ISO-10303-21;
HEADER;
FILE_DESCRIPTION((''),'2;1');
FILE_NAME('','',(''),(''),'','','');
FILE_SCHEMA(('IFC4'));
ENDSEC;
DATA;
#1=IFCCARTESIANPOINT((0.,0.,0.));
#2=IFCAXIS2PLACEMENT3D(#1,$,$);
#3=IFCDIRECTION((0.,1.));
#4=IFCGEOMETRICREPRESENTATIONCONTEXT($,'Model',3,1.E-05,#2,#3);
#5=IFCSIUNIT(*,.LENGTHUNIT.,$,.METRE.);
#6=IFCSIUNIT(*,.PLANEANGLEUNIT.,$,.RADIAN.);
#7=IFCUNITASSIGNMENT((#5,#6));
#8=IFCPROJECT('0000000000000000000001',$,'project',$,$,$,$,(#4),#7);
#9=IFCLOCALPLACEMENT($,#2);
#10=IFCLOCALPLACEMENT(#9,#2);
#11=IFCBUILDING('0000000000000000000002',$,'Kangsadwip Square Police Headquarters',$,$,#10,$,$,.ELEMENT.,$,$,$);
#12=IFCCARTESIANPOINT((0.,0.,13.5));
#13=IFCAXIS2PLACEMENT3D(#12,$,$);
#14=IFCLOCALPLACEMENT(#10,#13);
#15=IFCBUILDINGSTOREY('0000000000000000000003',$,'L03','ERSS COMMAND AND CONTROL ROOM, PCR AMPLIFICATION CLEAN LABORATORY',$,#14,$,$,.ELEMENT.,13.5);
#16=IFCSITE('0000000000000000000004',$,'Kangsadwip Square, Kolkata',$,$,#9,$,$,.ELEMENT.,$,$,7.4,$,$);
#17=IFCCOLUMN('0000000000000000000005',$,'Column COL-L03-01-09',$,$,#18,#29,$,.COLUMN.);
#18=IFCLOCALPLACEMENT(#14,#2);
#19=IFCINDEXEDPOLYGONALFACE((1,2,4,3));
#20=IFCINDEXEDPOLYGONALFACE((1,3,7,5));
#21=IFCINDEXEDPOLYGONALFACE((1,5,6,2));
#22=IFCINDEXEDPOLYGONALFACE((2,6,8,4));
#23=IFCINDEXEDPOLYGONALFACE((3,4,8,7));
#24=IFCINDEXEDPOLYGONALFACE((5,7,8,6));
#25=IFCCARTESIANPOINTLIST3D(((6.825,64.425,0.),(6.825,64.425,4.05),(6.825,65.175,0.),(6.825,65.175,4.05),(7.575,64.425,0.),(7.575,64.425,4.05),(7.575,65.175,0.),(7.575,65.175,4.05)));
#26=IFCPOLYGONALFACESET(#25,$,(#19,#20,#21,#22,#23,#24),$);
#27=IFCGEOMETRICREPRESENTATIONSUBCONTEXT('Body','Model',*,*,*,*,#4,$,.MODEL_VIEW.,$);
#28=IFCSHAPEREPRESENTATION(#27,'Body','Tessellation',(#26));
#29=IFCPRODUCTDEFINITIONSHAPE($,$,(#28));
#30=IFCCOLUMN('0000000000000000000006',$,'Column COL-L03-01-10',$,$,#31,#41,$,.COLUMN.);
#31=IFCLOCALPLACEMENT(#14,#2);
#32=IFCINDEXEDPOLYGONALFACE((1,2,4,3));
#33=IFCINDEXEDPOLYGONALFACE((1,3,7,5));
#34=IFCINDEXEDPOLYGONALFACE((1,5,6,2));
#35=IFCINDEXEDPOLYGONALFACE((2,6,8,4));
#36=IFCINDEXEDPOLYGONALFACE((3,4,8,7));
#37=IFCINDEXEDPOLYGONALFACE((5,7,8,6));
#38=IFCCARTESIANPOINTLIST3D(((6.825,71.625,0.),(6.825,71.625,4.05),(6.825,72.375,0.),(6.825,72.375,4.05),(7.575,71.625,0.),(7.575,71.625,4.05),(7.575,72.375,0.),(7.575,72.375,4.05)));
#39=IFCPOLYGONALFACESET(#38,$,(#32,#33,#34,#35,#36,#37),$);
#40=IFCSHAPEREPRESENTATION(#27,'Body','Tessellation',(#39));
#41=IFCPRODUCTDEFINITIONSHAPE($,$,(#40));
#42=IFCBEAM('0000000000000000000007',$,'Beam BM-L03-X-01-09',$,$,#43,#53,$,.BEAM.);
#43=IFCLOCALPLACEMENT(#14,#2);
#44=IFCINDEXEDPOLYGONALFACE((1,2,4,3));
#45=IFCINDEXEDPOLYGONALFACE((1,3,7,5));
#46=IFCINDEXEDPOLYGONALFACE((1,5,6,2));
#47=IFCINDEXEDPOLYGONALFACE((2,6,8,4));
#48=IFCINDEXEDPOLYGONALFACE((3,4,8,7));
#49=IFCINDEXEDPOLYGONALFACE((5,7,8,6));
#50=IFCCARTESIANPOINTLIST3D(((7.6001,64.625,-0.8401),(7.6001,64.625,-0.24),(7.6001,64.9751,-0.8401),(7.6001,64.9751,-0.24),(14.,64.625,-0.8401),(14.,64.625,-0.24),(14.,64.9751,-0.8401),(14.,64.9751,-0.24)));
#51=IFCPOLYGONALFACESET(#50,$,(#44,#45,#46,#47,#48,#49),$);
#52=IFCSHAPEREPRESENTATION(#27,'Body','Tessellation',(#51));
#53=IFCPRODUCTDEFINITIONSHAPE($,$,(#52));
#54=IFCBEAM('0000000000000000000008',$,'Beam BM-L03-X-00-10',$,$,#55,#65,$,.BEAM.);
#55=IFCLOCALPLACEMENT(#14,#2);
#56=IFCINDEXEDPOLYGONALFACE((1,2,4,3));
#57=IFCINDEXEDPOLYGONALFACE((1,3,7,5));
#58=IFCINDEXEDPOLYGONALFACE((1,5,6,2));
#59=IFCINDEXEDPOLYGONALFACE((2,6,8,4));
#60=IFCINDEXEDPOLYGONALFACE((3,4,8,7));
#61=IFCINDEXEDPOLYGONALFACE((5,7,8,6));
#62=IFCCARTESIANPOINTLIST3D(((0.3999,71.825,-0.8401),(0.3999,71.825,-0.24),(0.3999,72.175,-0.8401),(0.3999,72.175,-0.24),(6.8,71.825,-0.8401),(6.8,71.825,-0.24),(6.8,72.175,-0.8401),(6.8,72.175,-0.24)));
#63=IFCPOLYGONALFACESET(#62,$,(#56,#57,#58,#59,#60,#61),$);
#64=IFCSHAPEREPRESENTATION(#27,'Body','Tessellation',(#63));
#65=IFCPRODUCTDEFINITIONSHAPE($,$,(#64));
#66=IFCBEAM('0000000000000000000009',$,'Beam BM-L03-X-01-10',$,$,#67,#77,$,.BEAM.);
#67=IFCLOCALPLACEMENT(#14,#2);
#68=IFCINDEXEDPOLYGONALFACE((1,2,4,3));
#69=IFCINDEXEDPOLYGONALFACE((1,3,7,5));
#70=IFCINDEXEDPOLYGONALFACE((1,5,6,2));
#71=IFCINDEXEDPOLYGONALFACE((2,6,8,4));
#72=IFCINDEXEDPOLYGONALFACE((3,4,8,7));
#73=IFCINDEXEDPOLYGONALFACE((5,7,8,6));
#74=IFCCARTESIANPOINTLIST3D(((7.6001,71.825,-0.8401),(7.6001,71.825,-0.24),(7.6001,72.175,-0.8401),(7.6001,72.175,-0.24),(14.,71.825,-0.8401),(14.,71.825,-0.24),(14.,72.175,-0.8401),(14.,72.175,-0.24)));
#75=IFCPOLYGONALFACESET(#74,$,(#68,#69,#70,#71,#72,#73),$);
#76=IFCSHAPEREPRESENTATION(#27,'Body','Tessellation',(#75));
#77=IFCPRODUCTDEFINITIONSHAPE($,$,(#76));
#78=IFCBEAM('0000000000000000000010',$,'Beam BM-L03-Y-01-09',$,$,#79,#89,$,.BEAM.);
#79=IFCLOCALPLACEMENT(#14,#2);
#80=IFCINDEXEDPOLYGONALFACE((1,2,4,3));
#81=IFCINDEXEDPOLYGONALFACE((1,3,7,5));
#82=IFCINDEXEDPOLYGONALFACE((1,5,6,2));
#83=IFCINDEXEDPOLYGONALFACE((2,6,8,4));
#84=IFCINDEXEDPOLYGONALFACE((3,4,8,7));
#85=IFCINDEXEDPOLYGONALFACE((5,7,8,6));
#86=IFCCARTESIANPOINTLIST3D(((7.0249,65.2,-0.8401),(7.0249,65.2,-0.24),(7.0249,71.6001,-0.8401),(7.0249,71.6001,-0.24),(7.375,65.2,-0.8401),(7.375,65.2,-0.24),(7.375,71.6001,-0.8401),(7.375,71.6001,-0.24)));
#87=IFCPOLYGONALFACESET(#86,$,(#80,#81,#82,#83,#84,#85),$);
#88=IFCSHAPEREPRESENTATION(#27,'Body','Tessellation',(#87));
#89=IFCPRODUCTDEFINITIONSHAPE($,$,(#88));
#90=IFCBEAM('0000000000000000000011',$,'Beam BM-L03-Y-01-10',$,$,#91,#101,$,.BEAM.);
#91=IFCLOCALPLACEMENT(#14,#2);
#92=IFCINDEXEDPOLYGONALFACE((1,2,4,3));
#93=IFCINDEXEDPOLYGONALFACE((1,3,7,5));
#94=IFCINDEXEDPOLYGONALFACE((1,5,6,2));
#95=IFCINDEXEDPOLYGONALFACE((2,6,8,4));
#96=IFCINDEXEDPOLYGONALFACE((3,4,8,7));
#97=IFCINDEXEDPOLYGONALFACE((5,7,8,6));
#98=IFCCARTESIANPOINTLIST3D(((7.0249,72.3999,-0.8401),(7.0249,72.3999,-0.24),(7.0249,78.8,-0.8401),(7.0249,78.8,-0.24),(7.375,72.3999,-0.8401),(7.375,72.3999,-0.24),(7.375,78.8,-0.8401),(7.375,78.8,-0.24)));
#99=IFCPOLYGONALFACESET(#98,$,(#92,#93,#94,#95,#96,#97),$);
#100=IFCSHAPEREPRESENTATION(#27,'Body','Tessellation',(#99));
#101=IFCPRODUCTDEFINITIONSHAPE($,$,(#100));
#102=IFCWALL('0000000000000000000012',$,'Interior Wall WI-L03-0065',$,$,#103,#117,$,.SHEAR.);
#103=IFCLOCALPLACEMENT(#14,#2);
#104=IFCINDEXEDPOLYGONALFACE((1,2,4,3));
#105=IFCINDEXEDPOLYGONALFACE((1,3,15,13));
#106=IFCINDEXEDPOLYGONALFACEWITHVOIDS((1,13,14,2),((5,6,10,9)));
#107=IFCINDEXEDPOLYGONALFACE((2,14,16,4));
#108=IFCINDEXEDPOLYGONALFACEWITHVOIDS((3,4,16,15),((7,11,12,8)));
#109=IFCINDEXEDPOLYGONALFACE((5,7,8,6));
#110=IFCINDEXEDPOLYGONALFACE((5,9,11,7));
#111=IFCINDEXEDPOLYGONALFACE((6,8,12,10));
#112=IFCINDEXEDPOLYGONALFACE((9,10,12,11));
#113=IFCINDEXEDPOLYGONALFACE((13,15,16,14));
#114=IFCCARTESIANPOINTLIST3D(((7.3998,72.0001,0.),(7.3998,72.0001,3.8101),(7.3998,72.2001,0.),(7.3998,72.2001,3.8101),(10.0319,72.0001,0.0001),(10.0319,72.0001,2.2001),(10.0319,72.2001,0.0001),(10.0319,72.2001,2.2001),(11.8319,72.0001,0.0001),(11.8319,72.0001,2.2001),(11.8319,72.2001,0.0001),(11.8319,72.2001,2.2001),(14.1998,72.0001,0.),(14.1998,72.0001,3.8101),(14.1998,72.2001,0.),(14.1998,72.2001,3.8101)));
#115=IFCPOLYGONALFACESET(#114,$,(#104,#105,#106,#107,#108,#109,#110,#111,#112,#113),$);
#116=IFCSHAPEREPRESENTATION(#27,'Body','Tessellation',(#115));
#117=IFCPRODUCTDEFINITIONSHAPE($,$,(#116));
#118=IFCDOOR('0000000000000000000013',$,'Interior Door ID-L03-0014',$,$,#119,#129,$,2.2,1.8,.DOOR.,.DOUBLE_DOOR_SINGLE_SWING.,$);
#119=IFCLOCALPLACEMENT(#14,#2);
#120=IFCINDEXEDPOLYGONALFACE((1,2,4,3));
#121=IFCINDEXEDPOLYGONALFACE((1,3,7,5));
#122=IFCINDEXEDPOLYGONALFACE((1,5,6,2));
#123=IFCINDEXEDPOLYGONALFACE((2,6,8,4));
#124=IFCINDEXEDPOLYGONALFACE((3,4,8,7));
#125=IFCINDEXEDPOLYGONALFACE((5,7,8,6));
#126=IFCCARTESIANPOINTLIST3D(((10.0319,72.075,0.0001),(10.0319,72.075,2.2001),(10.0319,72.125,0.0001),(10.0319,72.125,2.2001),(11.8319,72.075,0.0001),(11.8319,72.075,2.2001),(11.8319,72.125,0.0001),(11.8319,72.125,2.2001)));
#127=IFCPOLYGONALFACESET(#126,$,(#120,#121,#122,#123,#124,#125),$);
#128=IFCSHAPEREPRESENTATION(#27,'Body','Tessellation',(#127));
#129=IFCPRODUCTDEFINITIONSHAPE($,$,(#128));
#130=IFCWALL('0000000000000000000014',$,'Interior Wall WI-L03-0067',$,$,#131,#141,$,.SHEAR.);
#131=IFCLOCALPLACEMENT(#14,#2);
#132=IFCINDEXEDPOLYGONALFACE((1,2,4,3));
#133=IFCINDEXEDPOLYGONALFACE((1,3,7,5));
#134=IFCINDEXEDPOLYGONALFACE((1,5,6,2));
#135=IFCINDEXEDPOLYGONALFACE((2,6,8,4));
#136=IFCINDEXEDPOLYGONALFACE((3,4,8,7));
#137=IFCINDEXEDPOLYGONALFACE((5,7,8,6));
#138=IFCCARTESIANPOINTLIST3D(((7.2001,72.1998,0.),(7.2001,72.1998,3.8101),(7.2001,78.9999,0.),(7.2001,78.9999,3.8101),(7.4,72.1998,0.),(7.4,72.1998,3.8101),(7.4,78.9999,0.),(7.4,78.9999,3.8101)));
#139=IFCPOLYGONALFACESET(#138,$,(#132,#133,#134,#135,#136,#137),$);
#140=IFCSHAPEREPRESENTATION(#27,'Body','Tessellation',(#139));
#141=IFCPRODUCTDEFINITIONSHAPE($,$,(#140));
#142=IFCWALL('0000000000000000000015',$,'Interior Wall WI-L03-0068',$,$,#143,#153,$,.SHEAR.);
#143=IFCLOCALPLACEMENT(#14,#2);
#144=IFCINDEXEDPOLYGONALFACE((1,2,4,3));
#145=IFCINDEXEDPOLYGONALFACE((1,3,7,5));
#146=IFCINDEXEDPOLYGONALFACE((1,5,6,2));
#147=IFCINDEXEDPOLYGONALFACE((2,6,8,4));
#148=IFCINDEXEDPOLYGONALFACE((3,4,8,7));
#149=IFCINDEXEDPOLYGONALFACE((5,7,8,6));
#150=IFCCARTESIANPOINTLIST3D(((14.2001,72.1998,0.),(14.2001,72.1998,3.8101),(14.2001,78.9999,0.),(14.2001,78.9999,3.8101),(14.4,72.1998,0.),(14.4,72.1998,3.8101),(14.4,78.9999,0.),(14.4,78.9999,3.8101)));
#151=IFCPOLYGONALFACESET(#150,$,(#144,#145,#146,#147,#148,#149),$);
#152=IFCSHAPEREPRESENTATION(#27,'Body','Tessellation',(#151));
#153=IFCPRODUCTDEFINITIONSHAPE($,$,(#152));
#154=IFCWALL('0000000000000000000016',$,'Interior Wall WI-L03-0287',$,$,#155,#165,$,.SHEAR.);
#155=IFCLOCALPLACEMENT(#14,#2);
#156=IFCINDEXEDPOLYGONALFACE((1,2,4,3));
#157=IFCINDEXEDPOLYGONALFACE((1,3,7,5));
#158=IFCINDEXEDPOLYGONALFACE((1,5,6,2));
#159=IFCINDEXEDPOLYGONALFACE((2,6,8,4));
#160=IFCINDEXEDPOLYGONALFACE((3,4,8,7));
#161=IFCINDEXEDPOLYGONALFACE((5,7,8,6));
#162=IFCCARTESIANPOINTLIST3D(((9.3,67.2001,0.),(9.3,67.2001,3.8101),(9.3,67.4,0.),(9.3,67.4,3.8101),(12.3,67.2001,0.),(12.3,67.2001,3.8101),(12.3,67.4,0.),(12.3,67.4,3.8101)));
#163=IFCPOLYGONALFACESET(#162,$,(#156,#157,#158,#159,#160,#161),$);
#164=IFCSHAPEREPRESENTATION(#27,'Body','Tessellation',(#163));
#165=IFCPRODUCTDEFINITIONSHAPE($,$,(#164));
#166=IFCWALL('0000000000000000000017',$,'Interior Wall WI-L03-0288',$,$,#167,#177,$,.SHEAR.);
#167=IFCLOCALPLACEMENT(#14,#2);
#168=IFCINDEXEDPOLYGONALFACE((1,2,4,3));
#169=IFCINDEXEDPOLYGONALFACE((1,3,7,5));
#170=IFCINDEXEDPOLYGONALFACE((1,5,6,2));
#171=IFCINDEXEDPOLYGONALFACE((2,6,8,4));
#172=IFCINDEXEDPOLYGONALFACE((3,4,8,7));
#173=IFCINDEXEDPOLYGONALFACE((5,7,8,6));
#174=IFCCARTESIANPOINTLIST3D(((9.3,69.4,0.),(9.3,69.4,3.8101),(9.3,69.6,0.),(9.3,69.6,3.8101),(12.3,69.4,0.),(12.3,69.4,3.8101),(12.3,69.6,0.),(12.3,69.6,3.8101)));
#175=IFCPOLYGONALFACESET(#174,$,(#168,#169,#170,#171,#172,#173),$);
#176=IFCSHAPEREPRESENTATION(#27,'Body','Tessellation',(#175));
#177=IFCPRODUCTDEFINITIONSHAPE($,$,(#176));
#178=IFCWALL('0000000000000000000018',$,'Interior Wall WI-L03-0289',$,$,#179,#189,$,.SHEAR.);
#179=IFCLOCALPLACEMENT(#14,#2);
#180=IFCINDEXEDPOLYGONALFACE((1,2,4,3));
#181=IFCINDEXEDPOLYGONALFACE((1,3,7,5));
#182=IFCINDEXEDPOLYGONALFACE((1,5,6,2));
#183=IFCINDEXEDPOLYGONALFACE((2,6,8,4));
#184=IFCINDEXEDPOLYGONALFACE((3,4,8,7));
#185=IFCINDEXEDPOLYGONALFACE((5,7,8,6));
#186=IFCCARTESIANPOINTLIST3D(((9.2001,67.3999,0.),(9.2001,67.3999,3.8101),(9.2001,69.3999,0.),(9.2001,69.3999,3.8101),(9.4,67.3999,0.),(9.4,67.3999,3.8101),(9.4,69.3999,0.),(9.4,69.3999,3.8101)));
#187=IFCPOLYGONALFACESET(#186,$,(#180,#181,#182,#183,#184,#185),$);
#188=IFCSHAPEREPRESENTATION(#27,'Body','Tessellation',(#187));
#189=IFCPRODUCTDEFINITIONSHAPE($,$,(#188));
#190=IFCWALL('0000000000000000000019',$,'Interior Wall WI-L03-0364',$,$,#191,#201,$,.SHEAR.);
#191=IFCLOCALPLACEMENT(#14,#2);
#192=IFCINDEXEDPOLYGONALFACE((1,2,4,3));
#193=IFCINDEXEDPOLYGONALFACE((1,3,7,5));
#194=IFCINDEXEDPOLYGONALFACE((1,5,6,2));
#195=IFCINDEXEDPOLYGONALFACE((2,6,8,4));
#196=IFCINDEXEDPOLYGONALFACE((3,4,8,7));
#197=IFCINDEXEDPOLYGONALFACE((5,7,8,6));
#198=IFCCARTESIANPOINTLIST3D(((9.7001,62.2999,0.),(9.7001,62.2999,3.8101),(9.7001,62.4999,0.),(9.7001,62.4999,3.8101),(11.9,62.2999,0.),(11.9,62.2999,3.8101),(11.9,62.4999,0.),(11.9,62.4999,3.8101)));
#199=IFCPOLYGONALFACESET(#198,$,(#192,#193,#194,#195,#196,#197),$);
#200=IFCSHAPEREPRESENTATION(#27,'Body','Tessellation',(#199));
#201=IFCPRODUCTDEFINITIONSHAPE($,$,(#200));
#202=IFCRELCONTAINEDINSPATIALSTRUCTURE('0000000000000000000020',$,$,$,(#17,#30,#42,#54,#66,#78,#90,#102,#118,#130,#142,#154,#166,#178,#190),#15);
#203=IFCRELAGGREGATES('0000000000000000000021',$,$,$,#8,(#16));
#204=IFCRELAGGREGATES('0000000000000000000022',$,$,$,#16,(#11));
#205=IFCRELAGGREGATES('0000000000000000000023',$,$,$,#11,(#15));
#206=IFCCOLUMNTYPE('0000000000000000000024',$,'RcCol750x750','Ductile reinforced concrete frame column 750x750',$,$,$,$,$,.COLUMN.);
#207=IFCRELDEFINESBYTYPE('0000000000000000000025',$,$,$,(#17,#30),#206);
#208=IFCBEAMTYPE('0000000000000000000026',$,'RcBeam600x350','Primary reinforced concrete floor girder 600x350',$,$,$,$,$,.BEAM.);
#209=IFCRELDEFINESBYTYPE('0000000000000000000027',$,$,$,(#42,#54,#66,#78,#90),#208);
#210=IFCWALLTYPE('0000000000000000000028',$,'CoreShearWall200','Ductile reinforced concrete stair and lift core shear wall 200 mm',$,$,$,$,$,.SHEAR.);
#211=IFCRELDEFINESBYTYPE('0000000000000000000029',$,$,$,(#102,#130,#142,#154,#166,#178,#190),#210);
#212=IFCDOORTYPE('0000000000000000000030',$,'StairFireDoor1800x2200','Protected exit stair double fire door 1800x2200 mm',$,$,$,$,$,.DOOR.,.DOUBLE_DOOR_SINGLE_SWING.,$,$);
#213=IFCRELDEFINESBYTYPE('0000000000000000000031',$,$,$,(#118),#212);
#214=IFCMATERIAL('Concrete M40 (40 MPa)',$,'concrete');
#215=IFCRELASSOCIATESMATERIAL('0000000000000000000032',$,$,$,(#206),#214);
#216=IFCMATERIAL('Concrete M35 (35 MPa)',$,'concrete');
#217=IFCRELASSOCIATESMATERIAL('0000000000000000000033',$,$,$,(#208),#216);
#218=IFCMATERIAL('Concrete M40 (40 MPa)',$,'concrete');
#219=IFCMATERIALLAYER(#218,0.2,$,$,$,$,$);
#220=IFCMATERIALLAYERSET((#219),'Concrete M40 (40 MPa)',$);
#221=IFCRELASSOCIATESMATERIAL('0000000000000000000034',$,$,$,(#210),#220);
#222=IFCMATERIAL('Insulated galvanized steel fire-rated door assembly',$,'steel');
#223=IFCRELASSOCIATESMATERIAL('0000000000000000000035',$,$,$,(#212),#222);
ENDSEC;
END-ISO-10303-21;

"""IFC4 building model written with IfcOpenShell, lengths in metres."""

from ifc_helpers import new_model, si_unit, direction, frame, frame_2d, origin, origin_2d, place, context, subcontext, project, spatial, rectangle, extrude, material, layer, layer_set, material_profile, profile_set, type_object, element, fill, save


model = new_model("IFC4")

# Units and contexts
model_context = context("Model", 3, precision=1e-05, world=origin(), true_north=direction((0.0, 1.0)))
body_context = subcontext(model_context, "Body", "Model", "MODEL_VIEW")
ifc_project = project(units=[si_unit("LENGTHUNIT", "METRE"), si_unit("PLANEANGLEUNIT", "RADIAN")], contexts=[model_context])

# Site, building, storey
site_placement = place(None, origin())
site = spatial("IfcSite", under=ifc_project, at=site_placement, Name="Kangsadwip Square, Kolkata", CompositionType="ELEMENT", RefElevation=7.4)
building_placement = place(site_placement, origin())
building = spatial("IfcBuilding", under=site, at=building_placement, Name="Kangsadwip Square Police Headquarters", CompositionType="ELEMENT")
storey_placement = place(building_placement, frame((0.0, 0.0, 13.5)))
storey = spatial("IfcBuildingStorey", under=building, at=storey_placement, Name="L03", Description="ERSS COMMAND AND CONTROL ROOM, PCR AMPLIFICATION CLEAN LABORATORY", CompositionType="ELEMENT", Elevation=13.5)

# Columns
ifc_material_1 = material(Name="Concrete M40 (40 MPa)", Category="concrete")
ifc_material_profile_1 = material_profile(ifc_material_1, rectangle(XDim=0.75, YDim=0.75, at=origin_2d()), Name="RC COL 750X750")
ifc_profile_set_1 = profile_set([ifc_material_profile_1], Name="Concrete M40 (40 MPa)")
column_type = type_object("IfcColumnType", Name="RcCol750x750", Description="Ductile reinforced concrete frame column 750x750", PredefinedType="COLUMN", material=ifc_profile_set_1)
for number, where, z_axis, x_axis, name in (
    (1, (7.2, 64.8, 0.0), (0.0, 0.0, 1.0), (1.0, 0.0, 0.0), "Column COL-L03-01-09"),
    (2, (7.2, 72.0, 0.0), (0.0, 0.0, 1.0), (1.0, 0.0, 0.0), "Column COL-L03-01-10"),
):
    element("IfcColumn", number, at=place(storey_placement, frame(where, z_axis=z_axis, x_axis=x_axis)), inside=storey, type_object=column_type, Name=name, PredefinedType="COLUMN", context=body_context, shape_type="SweptSolid", body=[
        extrude(rectangle(XDim=0.75, YDim=0.75, at=origin_2d()), origin(), (0.0, 0.0, 1.0), 4.05),
    ])

# Beams
ifc_material_2 = material(Name="Concrete M35 (35 MPa)", Category="concrete")
ifc_material_profile_2 = material_profile(ifc_material_2, rectangle(XDim=0.3501, YDim=0.6001, at=origin_2d()), Name="RC BM 600X350")
ifc_profile_set_2 = profile_set([ifc_material_profile_2], Name="Concrete M35 (35 MPa)")
beam_type = type_object("IfcBeamType", Name="RcBeam600x350", Description="Primary reinforced concrete floor girder 600x350", PredefinedType="BEAM", material=ifc_profile_set_2)
beam_1_placement = place(storey_placement, frame((7.6001, 64.8, -0.54), z_axis=(1.0, 0.0, 0.0), x_axis=(0.0, 1.0, 0.0)))
element("IfcBeam", 3, at=beam_1_placement, inside=storey, type_object=beam_type, Name="Beam BM-L03-X-01-09", PredefinedType="BEAM", context=body_context, shape_type="SweptSolid", body=[
    extrude(rectangle(XDim=0.3501, YDim=0.6001, at=origin_2d()), origin(), (0.0, 0.0, 1.0), 6.3999),
])
beam_2_placement = place(storey_placement, frame((0.3999, 72.0, -0.54), z_axis=(1.0, 0.0, 0.0), x_axis=(0.0, 1.0, 0.0)))
element("IfcBeam", 4, at=beam_2_placement, inside=storey, type_object=beam_type, Name="Beam BM-L03-X-00-10", PredefinedType="BEAM", context=body_context, shape_type="SweptSolid", body=[
    extrude(rectangle(XDim=0.3501, YDim=0.6001, at=origin_2d()), origin(), (0.0, 0.0, 1.0), 6.4001),
])
beam_3_placement = place(storey_placement, frame((7.6001, 72.0, -0.54), z_axis=(1.0, 0.0, 0.0), x_axis=(0.0, 1.0, 0.0)))
element("IfcBeam", 5, at=beam_3_placement, inside=storey, type_object=beam_type, Name="Beam BM-L03-X-01-10", PredefinedType="BEAM", context=body_context, shape_type="SweptSolid", body=[
    extrude(rectangle(XDim=0.3501, YDim=0.6001, at=origin_2d()), origin(), (0.0, 0.0, 1.0), 6.3999),
])
for number, where, z_axis, x_axis, name in (
    (6, (7.2, 65.2, -0.54), (0.0, 1.0, 0.0), (-1.0, 0.0, 0.0), "Beam BM-L03-Y-01-09"),
    (7, (7.2, 72.3999, -0.54), (0.0, 1.0, 0.0), (-1.0, 0.0, 0.0), "Beam BM-L03-Y-01-10"),
):
    element("IfcBeam", number, at=place(storey_placement, frame(where, z_axis=z_axis, x_axis=x_axis)), inside=storey, type_object=beam_type, Name=name, PredefinedType="BEAM", context=body_context, shape_type="SweptSolid", body=[
        extrude(rectangle(XDim=0.3501, YDim=0.6001, at=origin_2d()), origin(), (0.0, 0.0, 1.0), 6.4001),
    ])

# Wall, opening, door
ifc_material_3 = material(Name="Concrete M40 (40 MPa)", Category="concrete")
ifc_layer_1 = layer(ifc_material_3, 0.2)
ifc_layer_set_1 = layer_set([ifc_layer_1], Name="Concrete M40 (40 MPa)")
wall_type_1 = type_object("IfcWallType", Name="CoreShearWall200", Description="Ductile reinforced concrete stair and lift core shear wall 200 mm", PredefinedType="SHEAR", material=ifc_layer_set_1)
wall_1_placement = place(storey_placement, frame((7.3999, 72.1001, 0.0), z_axis=(0.0, 0.0, 1.0), x_axis=(1.0, 0.0, 0.0)))
wall_1 = element("IfcWall", 8, at=wall_1_placement, inside=storey, type_object=wall_type_1, Name="Interior Wall WI-L03-0065", PredefinedType="SHEAR", context=body_context, shape_type="SweptSolid", body=[
    extrude(rectangle(XDim=6.8, YDim=0.2, at=frame_2d((3.3999, 0.0))), origin(), (0.0, 0.0, 1.0), 3.8101),
])
opening_1_placement = place(wall_1_placement, frame((2.6321, 0.0, 0.0)))
opening_1 = element("IfcOpeningElement", 9, at=opening_1_placement, cuts=wall_1, PredefinedType="OPENING", context=body_context, shape_type="SweptSolid", body=[
    extrude(rectangle(XDim=1.8, YDim=2.2, at=frame_2d((0.8999, 1.1001))), frame((0.0, 0.1099, 0.0), z_axis=(0.0, -1.0, 0.0), x_axis=(1.0, 0.0, 0.0)), (0.0, 0.0, 1.0), 0.22),
])
ifc_material_4 = material(Name="Insulated galvanized steel fire-rated door assembly", Category="steel")
door_type_1 = type_object("IfcDoorType", Name="StairFireDoor1800x2200", Description="Protected exit stair double fire door 1800x2200 mm", OperationType="DOUBLE_DOOR_SINGLE_SWING", PredefinedType="DOOR", material=ifc_material_4)
door_1_placement = place(opening_1_placement, origin())
door_1 = element("IfcDoor", 10, at=door_1_placement, inside=storey, type_object=door_type_1, Name="Interior Door ID-L03-0014", OperationType="DOUBLE_DOOR_SINGLE_SWING", OverallHeight=2.2, OverallWidth=1.8, PredefinedType="DOOR", context=body_context, shape_type="SweptSolid", body=[
    extrude(rectangle(XDim=1.8, YDim=2.2, at=frame_2d((0.8999, 1.1001))), frame((0.0, 0.0249, 0.0), z_axis=(0.0, -1.0, 0.0), x_axis=(1.0, 0.0, 0.0)), (0.0, 0.0, 1.0), 0.05),
])
fill(opening_1, door_1)

# Walls
for number, where, z_axis, x_axis, name in (
    (11, (7.3, 72.2, 0.0), (0.0, 0.0, 1.0), (0.0, 1.0, 0.0), "Interior Wall WI-L03-0067"),
    (12, (14.3, 72.2, 0.0), (0.0, 0.0, 1.0), (0.0, 1.0, 0.0), "Interior Wall WI-L03-0068"),
):
    element("IfcWall", number, at=place(storey_placement, frame(where, z_axis=z_axis, x_axis=x_axis)), inside=storey, type_object=wall_type_1, Name=name, PredefinedType="SHEAR", context=body_context, shape_type="SweptSolid", body=[
        extrude(rectangle(XDim=6.8, YDim=0.2, at=frame_2d((3.3999, 0.0))), origin(), (0.0, 0.0, 1.0), 3.8101),
    ])
for number, where, z_axis, x_axis, name in (
    (13, (9.3, 67.3, 0.0), (0.0, 0.0, 1.0), (1.0, 0.0, 0.0), "Interior Wall WI-L03-0287"),
    (14, (9.3, 69.5, 0.0), (0.0, 0.0, 1.0), (1.0, 0.0, 0.0), "Interior Wall WI-L03-0288"),
):
    element("IfcWall", number, at=place(storey_placement, frame(where, z_axis=z_axis, x_axis=x_axis)), inside=storey, type_object=wall_type_1, Name=name, PredefinedType="SHEAR", context=body_context, shape_type="SweptSolid", body=[
        extrude(rectangle(XDim=3.0, YDim=0.2, at=frame_2d((1.5, 0.0))), origin(), (0.0, 0.0, 1.0), 3.8101),
    ])
wall_2_placement = place(storey_placement, frame((9.3, 67.3999, 0.0), z_axis=(0.0, 0.0, 1.0), x_axis=(0.0, 1.0, 0.0)))
element("IfcWall", 15, at=wall_2_placement, inside=storey, type_object=wall_type_1, Name="Interior Wall WI-L03-0289", PredefinedType="SHEAR", context=body_context, shape_type="SweptSolid", body=[
    extrude(rectangle(XDim=2.0, YDim=0.2, at=frame_2d((1.0, 0.0))), origin(), (0.0, 0.0, 1.0), 3.8101),
])

# Wall
wall_3_placement = place(storey_placement, frame((9.7, 62.3999, 0.0), z_axis=(0.0, 0.0, 1.0), x_axis=(1.0, 0.0, 0.0)))
element("IfcWall", 16, at=wall_3_placement, inside=storey, type_object=wall_type_1, Name="Interior Wall WI-L03-0364", PredefinedType="SHEAR", context=body_context, shape_type="SweptSolid", body=[
    extrude(rectangle(XDim=2.2, YDim=0.2, at=frame_2d((1.1001, 0.0))), origin(), (0.0, 0.0, 1.0), 3.8101),
])

save(model, "model.ifc")
